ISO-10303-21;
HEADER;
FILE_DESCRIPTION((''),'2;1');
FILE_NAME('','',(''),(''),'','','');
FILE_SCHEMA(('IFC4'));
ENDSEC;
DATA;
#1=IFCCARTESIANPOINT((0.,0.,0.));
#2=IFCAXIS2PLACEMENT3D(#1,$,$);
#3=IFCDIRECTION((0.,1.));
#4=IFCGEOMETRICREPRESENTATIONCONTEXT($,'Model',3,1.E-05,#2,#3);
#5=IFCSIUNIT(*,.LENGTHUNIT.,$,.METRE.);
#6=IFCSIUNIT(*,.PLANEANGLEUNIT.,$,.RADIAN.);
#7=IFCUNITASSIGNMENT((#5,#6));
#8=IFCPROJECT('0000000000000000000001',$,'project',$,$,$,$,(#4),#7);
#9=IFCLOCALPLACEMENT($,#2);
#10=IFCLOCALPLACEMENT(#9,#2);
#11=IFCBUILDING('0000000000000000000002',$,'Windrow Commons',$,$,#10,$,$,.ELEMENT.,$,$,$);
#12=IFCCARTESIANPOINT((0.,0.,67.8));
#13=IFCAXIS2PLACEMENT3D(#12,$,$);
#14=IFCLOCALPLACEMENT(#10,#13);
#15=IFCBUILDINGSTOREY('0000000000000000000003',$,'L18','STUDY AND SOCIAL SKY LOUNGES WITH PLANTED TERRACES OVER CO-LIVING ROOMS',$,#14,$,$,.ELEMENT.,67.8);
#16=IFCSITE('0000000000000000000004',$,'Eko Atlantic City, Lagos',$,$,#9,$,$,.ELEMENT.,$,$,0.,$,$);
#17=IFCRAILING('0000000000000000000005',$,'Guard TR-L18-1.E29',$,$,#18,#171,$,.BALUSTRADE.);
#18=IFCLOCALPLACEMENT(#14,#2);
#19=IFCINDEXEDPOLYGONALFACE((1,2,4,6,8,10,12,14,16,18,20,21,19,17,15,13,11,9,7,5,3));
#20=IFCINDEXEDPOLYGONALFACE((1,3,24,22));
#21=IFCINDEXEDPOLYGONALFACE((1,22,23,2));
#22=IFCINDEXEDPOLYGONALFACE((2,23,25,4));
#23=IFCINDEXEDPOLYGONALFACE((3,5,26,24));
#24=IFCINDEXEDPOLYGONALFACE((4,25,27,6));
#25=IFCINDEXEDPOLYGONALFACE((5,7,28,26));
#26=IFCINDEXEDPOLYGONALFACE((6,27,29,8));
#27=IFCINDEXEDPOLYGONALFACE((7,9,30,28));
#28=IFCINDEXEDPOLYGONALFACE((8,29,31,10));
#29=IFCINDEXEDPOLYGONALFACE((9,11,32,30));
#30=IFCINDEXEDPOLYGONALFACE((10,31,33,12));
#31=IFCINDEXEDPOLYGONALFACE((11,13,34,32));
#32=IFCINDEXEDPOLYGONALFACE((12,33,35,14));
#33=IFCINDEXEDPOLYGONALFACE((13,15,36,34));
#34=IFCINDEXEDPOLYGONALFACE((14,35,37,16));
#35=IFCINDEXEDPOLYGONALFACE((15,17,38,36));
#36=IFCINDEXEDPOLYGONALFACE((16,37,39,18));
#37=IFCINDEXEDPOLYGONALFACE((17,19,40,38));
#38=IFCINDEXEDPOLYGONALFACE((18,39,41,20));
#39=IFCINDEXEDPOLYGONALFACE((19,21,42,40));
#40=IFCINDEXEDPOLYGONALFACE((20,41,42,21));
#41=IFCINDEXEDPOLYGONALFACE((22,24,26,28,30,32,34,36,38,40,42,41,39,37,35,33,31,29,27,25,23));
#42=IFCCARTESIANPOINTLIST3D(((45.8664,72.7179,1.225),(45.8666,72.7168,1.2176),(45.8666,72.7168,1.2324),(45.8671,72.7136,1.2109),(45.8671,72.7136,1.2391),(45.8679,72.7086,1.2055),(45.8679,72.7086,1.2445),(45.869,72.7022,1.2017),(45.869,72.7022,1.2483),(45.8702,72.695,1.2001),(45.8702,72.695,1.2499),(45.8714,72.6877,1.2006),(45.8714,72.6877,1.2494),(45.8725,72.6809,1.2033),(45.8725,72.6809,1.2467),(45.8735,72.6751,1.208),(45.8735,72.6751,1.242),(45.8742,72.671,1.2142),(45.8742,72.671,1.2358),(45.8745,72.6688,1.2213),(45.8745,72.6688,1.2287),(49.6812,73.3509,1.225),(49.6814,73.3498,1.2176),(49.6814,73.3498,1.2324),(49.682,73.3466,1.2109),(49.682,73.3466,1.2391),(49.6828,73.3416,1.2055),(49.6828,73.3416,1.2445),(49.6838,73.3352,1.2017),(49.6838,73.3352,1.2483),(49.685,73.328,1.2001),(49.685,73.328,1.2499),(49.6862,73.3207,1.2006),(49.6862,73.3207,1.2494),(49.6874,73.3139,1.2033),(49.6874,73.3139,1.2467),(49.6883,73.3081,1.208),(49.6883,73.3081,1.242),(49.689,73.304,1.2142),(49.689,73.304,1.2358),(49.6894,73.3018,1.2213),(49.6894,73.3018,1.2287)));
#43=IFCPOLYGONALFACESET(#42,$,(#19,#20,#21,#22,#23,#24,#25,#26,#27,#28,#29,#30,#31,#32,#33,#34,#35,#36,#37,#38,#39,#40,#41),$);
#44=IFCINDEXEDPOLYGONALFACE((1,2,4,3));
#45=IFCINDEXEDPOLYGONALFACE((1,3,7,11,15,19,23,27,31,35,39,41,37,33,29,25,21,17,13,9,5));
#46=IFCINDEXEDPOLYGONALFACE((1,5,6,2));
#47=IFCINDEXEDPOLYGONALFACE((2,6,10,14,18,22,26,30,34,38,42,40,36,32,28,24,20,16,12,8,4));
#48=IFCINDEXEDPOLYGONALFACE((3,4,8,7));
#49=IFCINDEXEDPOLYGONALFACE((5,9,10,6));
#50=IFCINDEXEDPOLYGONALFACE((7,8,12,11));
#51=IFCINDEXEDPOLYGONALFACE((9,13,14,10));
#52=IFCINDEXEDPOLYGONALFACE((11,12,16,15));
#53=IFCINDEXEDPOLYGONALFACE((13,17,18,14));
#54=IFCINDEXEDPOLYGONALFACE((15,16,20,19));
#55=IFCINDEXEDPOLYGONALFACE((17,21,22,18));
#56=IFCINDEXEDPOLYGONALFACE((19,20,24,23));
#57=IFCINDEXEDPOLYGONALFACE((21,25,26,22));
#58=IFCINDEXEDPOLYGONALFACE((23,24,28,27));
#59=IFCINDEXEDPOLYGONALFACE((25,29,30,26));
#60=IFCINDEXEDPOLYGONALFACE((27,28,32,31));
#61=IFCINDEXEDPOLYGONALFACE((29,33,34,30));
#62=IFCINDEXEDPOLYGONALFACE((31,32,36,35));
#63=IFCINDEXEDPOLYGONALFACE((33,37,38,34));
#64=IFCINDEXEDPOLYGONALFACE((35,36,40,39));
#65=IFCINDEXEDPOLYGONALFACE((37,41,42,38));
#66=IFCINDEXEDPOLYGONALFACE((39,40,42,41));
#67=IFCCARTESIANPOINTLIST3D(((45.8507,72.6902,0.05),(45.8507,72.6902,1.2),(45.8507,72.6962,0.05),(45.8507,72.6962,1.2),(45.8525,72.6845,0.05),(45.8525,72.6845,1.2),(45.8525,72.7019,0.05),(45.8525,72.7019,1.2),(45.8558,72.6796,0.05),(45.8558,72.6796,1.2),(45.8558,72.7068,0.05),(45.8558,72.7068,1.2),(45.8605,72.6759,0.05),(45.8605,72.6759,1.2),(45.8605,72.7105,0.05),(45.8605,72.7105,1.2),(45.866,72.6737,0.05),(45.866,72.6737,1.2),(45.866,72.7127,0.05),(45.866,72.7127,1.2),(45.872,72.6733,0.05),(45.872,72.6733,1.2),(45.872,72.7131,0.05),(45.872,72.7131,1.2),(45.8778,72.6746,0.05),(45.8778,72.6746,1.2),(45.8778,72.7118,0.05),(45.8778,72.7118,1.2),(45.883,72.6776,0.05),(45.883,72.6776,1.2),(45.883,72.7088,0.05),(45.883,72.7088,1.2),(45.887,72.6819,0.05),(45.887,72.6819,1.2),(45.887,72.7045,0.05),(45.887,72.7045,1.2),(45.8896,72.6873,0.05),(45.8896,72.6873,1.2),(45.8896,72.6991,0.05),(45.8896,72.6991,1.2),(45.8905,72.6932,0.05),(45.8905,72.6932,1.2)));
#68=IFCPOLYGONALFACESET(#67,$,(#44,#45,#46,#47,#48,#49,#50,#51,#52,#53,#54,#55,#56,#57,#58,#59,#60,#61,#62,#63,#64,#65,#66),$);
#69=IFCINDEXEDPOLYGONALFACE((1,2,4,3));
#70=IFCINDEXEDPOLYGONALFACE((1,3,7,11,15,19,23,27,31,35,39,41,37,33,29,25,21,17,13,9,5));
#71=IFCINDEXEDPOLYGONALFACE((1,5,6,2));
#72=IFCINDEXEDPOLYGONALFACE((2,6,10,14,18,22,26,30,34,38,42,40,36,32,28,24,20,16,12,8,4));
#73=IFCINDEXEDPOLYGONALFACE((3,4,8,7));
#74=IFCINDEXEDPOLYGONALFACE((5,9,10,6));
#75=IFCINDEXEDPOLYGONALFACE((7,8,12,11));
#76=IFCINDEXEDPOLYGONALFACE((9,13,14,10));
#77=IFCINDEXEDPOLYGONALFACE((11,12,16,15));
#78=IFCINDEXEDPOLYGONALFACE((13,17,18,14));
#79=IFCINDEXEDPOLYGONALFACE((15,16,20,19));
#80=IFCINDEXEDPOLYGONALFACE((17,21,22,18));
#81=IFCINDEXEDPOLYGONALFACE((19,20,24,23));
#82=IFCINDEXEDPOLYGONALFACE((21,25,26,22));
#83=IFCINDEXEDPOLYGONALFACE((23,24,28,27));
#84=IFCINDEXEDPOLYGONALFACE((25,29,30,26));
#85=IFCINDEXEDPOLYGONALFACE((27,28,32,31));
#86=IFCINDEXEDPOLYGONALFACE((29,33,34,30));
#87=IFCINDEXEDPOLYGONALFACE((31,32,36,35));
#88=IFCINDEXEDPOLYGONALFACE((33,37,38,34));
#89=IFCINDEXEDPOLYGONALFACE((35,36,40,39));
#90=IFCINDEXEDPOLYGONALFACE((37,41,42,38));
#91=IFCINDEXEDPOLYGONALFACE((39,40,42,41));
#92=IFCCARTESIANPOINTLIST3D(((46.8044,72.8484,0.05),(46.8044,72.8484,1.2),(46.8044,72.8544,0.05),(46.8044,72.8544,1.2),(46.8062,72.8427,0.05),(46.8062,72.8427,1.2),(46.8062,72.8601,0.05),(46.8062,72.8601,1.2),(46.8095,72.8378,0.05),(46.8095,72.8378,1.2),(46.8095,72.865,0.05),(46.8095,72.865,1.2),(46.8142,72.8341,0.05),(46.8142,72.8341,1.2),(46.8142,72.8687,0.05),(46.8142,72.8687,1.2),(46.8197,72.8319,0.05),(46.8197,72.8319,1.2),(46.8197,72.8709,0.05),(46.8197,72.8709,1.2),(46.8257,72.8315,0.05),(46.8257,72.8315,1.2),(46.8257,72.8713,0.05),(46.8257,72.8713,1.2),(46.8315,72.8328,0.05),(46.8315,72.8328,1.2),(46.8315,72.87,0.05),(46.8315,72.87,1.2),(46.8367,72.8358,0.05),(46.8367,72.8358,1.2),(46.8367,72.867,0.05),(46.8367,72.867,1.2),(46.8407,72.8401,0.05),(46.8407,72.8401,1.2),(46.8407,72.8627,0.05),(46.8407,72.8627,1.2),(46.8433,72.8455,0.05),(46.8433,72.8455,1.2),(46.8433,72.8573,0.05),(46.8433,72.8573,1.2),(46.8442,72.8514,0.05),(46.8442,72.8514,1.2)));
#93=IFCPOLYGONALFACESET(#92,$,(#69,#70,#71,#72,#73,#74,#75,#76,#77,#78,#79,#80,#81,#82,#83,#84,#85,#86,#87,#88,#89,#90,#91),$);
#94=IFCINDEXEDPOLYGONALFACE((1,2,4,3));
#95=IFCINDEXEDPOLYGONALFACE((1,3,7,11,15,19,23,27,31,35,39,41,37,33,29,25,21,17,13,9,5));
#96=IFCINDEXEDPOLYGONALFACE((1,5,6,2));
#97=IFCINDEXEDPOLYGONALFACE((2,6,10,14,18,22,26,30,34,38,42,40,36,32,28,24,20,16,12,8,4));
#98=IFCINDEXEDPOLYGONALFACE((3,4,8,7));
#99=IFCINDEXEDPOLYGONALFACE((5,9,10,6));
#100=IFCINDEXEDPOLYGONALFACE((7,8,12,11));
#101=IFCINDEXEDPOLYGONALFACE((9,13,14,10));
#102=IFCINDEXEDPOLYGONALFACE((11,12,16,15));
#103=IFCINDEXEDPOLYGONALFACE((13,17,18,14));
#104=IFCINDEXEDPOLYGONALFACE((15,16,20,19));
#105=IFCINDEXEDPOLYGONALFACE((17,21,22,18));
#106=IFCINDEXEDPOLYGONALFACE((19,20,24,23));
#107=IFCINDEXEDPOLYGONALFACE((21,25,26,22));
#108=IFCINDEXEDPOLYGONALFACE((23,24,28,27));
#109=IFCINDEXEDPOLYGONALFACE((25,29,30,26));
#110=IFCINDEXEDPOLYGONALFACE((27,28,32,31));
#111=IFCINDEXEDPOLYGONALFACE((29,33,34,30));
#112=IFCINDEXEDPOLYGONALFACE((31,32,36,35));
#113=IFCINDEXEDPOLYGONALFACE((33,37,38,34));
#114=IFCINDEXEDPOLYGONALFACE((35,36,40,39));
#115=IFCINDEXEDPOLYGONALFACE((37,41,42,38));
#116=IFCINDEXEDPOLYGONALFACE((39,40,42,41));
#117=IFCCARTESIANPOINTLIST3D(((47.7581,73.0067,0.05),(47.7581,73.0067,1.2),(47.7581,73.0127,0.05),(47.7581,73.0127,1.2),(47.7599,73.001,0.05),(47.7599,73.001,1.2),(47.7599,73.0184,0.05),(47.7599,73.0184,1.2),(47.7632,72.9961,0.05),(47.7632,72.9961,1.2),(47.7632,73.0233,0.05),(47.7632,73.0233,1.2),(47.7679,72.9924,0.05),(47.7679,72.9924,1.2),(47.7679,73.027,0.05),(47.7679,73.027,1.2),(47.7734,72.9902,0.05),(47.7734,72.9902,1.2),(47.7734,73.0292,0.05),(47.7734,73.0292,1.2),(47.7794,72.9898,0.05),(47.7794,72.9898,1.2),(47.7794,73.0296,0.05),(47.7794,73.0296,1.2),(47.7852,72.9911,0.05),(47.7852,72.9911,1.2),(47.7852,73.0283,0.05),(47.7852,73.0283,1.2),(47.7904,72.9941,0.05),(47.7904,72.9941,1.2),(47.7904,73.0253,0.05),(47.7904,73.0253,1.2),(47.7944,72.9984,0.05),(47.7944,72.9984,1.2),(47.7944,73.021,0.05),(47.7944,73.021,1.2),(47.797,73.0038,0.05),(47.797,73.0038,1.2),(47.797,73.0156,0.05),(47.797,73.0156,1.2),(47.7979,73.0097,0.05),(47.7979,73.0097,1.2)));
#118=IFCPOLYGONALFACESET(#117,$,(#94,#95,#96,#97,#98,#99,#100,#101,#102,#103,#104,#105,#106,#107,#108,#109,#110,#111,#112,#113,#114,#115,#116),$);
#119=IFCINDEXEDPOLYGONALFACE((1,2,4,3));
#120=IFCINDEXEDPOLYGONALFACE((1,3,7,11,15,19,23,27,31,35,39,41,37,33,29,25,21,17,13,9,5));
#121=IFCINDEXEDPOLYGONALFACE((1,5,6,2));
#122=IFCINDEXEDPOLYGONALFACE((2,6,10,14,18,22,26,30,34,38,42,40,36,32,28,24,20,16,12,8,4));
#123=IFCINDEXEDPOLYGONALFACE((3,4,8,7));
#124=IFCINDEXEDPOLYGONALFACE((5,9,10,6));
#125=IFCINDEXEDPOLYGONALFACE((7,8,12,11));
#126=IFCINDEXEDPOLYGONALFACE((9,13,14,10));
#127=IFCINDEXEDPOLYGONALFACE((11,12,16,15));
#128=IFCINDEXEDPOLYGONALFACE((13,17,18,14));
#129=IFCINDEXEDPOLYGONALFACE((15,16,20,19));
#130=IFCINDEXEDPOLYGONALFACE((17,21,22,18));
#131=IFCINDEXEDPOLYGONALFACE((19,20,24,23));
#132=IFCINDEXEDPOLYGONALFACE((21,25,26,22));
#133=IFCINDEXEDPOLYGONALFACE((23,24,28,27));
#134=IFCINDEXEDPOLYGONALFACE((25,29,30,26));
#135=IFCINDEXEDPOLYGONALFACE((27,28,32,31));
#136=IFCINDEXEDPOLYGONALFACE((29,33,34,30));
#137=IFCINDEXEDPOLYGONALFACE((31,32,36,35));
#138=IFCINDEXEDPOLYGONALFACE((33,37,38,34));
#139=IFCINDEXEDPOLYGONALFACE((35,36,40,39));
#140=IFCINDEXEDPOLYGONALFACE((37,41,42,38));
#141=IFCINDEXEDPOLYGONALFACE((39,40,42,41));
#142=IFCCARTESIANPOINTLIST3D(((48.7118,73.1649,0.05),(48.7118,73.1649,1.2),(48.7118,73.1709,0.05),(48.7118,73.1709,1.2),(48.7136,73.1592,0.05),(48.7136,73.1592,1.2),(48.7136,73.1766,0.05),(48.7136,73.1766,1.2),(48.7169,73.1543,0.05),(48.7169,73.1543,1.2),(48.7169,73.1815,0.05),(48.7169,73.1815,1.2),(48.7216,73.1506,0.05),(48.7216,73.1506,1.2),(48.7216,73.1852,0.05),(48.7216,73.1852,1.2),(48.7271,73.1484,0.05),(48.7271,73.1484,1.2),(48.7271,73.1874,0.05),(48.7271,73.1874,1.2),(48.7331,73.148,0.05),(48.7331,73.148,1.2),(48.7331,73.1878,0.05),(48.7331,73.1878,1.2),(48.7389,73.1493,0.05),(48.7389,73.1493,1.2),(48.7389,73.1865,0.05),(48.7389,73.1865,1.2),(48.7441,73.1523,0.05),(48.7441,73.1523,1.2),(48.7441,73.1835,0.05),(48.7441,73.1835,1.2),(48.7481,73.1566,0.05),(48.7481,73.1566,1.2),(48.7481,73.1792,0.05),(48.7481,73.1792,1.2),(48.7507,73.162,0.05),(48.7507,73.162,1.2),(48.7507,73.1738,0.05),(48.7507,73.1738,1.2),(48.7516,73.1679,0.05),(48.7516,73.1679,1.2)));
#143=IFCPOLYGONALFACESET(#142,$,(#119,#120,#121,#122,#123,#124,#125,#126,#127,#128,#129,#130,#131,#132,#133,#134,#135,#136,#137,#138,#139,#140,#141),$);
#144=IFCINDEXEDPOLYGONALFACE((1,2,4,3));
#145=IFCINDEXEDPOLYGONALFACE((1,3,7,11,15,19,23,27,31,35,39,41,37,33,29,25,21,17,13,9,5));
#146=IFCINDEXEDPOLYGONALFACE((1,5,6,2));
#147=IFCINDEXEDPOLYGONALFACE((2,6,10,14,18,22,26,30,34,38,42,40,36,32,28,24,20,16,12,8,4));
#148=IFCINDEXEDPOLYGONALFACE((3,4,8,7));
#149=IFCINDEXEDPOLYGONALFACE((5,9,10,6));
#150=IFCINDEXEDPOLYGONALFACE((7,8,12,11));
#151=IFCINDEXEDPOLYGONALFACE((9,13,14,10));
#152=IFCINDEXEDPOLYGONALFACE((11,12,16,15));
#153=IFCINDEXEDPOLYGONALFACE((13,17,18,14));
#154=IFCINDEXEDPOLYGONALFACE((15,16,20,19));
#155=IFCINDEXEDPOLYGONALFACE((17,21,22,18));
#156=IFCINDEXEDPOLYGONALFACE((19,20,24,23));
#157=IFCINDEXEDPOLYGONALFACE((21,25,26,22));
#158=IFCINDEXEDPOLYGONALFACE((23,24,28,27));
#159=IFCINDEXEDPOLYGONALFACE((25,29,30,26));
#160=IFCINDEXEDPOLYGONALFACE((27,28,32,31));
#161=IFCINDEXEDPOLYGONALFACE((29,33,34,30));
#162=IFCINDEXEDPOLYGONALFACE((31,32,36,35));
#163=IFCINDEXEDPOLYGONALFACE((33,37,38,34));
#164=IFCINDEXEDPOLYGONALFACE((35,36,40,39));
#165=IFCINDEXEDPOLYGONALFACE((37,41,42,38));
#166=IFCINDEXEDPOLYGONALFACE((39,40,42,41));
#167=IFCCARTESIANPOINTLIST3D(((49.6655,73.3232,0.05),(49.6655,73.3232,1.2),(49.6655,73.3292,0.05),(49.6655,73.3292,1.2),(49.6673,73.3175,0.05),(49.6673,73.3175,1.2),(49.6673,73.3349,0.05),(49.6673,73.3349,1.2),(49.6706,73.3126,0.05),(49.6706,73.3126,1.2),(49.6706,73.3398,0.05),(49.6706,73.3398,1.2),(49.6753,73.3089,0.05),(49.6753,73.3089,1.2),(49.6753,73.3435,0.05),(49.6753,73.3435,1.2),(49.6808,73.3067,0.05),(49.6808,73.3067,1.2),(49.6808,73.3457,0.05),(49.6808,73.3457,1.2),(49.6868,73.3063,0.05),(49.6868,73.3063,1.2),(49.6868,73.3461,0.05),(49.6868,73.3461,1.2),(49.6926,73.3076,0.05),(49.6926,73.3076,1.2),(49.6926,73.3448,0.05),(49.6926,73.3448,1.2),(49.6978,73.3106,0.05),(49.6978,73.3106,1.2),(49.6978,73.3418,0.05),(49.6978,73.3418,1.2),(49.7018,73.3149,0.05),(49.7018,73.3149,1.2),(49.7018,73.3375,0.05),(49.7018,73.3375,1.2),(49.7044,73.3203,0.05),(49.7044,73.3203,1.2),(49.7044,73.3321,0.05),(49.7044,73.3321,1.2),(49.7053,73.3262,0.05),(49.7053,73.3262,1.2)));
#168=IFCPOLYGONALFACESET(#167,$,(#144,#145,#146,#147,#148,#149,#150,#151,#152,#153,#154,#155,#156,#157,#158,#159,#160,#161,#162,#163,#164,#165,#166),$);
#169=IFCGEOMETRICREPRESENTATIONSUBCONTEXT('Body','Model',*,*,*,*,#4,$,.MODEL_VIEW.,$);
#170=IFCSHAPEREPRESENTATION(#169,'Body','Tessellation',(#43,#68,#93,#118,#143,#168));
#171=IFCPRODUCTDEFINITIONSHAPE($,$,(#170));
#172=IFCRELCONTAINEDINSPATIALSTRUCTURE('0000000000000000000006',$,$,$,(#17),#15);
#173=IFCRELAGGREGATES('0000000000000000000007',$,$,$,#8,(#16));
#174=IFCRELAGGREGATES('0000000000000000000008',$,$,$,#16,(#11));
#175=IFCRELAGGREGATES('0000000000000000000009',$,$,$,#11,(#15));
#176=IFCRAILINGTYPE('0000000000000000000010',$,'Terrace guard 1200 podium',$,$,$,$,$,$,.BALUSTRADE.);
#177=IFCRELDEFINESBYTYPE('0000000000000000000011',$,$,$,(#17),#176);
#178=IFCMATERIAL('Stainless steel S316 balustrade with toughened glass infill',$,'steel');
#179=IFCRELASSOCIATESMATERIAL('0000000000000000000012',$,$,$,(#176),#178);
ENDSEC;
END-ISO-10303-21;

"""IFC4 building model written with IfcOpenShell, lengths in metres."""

from ifc_helpers import new_model, si_unit, direction, frame, origin, origin_2d, place, context, subcontext, project, spatial, circle, extrude, material, type_object, element, save


model = new_model("IFC4")

# Units and contexts
model_context = context("Model", 3, precision=1e-05, world=origin(), true_north=direction((0.0, 1.0)))
body_context = subcontext(model_context, "Body", "Model", "MODEL_VIEW")
ifc_project = project(units=[si_unit("LENGTHUNIT", "METRE"), si_unit("PLANEANGLEUNIT", "RADIAN")], contexts=[model_context])

# Site, building, storey
site_placement = place(None, origin())
site = spatial("IfcSite", under=ifc_project, at=site_placement, Name="Eko Atlantic City, Lagos", CompositionType="ELEMENT", RefElevation=0.0)
building_placement = place(site_placement, origin())
building = spatial("IfcBuilding", under=site, at=building_placement, Name="Windrow Commons", CompositionType="ELEMENT")
storey_placement = place(building_placement, frame((0.0, 0.0, 67.8)))
storey = spatial("IfcBuildingStorey", under=building, at=storey_placement, Name="L18", Description="STUDY AND SOCIAL SKY LOUNGES WITH PLANTED TERRACES OVER CO-LIVING ROOMS", CompositionType="ELEMENT", Elevation=67.8)

# Railing
ifc_material_1 = material(Name="Stainless steel S316 balustrade with toughened glass infill", Category="steel")
railing_type = type_object("IfcRailingType", Name="Terrace guard 1200 podium", PredefinedType="BALUSTRADE", material=ifc_material_1)
railing_1_placement = place(storey_placement, frame((45.8705, 72.6932, 0.05)))
element("IfcRailing", 1, at=railing_1_placement, inside=storey, type_object=railing_type, Name="Guard TR-L18-1.E29", PredefinedType="BALUSTRADE", context=body_context, shape_type="SweptSolid", body=[
    extrude(circle(Radius=0.025, at=origin_2d()), frame((0.0, 0.0, 1.175), z_axis=(0.986511, 0.163694, 0.0), x_axis=(-0.163694, 0.986511, 0.0)), (0.0, 0.0, 1.0), 3.867),
    extrude(circle(Radius=0.02, at=origin_2d()), origin(), (0.0, 0.0, 1.0), 1.15),
    extrude(circle(Radius=0.02, at=origin_2d()), frame((0.9537, 0.1582, 0.0)), (0.0, 0.0, 1.0), 1.15),
    extrude(circle(Radius=0.02, at=origin_2d()), frame((1.9074, 0.3165, 0.0)), (0.0, 0.0, 1.0), 1.15),
    extrude(circle(Radius=0.02, at=origin_2d()), frame((2.8611, 0.4747, 0.0)), (0.0, 0.0, 1.0), 1.15),
    extrude(circle(Radius=0.02, at=origin_2d()), frame((3.8148, 0.633, 0.0)), (0.0, 0.0, 1.0), 1.15),
])

save(model, "model.ifc")
